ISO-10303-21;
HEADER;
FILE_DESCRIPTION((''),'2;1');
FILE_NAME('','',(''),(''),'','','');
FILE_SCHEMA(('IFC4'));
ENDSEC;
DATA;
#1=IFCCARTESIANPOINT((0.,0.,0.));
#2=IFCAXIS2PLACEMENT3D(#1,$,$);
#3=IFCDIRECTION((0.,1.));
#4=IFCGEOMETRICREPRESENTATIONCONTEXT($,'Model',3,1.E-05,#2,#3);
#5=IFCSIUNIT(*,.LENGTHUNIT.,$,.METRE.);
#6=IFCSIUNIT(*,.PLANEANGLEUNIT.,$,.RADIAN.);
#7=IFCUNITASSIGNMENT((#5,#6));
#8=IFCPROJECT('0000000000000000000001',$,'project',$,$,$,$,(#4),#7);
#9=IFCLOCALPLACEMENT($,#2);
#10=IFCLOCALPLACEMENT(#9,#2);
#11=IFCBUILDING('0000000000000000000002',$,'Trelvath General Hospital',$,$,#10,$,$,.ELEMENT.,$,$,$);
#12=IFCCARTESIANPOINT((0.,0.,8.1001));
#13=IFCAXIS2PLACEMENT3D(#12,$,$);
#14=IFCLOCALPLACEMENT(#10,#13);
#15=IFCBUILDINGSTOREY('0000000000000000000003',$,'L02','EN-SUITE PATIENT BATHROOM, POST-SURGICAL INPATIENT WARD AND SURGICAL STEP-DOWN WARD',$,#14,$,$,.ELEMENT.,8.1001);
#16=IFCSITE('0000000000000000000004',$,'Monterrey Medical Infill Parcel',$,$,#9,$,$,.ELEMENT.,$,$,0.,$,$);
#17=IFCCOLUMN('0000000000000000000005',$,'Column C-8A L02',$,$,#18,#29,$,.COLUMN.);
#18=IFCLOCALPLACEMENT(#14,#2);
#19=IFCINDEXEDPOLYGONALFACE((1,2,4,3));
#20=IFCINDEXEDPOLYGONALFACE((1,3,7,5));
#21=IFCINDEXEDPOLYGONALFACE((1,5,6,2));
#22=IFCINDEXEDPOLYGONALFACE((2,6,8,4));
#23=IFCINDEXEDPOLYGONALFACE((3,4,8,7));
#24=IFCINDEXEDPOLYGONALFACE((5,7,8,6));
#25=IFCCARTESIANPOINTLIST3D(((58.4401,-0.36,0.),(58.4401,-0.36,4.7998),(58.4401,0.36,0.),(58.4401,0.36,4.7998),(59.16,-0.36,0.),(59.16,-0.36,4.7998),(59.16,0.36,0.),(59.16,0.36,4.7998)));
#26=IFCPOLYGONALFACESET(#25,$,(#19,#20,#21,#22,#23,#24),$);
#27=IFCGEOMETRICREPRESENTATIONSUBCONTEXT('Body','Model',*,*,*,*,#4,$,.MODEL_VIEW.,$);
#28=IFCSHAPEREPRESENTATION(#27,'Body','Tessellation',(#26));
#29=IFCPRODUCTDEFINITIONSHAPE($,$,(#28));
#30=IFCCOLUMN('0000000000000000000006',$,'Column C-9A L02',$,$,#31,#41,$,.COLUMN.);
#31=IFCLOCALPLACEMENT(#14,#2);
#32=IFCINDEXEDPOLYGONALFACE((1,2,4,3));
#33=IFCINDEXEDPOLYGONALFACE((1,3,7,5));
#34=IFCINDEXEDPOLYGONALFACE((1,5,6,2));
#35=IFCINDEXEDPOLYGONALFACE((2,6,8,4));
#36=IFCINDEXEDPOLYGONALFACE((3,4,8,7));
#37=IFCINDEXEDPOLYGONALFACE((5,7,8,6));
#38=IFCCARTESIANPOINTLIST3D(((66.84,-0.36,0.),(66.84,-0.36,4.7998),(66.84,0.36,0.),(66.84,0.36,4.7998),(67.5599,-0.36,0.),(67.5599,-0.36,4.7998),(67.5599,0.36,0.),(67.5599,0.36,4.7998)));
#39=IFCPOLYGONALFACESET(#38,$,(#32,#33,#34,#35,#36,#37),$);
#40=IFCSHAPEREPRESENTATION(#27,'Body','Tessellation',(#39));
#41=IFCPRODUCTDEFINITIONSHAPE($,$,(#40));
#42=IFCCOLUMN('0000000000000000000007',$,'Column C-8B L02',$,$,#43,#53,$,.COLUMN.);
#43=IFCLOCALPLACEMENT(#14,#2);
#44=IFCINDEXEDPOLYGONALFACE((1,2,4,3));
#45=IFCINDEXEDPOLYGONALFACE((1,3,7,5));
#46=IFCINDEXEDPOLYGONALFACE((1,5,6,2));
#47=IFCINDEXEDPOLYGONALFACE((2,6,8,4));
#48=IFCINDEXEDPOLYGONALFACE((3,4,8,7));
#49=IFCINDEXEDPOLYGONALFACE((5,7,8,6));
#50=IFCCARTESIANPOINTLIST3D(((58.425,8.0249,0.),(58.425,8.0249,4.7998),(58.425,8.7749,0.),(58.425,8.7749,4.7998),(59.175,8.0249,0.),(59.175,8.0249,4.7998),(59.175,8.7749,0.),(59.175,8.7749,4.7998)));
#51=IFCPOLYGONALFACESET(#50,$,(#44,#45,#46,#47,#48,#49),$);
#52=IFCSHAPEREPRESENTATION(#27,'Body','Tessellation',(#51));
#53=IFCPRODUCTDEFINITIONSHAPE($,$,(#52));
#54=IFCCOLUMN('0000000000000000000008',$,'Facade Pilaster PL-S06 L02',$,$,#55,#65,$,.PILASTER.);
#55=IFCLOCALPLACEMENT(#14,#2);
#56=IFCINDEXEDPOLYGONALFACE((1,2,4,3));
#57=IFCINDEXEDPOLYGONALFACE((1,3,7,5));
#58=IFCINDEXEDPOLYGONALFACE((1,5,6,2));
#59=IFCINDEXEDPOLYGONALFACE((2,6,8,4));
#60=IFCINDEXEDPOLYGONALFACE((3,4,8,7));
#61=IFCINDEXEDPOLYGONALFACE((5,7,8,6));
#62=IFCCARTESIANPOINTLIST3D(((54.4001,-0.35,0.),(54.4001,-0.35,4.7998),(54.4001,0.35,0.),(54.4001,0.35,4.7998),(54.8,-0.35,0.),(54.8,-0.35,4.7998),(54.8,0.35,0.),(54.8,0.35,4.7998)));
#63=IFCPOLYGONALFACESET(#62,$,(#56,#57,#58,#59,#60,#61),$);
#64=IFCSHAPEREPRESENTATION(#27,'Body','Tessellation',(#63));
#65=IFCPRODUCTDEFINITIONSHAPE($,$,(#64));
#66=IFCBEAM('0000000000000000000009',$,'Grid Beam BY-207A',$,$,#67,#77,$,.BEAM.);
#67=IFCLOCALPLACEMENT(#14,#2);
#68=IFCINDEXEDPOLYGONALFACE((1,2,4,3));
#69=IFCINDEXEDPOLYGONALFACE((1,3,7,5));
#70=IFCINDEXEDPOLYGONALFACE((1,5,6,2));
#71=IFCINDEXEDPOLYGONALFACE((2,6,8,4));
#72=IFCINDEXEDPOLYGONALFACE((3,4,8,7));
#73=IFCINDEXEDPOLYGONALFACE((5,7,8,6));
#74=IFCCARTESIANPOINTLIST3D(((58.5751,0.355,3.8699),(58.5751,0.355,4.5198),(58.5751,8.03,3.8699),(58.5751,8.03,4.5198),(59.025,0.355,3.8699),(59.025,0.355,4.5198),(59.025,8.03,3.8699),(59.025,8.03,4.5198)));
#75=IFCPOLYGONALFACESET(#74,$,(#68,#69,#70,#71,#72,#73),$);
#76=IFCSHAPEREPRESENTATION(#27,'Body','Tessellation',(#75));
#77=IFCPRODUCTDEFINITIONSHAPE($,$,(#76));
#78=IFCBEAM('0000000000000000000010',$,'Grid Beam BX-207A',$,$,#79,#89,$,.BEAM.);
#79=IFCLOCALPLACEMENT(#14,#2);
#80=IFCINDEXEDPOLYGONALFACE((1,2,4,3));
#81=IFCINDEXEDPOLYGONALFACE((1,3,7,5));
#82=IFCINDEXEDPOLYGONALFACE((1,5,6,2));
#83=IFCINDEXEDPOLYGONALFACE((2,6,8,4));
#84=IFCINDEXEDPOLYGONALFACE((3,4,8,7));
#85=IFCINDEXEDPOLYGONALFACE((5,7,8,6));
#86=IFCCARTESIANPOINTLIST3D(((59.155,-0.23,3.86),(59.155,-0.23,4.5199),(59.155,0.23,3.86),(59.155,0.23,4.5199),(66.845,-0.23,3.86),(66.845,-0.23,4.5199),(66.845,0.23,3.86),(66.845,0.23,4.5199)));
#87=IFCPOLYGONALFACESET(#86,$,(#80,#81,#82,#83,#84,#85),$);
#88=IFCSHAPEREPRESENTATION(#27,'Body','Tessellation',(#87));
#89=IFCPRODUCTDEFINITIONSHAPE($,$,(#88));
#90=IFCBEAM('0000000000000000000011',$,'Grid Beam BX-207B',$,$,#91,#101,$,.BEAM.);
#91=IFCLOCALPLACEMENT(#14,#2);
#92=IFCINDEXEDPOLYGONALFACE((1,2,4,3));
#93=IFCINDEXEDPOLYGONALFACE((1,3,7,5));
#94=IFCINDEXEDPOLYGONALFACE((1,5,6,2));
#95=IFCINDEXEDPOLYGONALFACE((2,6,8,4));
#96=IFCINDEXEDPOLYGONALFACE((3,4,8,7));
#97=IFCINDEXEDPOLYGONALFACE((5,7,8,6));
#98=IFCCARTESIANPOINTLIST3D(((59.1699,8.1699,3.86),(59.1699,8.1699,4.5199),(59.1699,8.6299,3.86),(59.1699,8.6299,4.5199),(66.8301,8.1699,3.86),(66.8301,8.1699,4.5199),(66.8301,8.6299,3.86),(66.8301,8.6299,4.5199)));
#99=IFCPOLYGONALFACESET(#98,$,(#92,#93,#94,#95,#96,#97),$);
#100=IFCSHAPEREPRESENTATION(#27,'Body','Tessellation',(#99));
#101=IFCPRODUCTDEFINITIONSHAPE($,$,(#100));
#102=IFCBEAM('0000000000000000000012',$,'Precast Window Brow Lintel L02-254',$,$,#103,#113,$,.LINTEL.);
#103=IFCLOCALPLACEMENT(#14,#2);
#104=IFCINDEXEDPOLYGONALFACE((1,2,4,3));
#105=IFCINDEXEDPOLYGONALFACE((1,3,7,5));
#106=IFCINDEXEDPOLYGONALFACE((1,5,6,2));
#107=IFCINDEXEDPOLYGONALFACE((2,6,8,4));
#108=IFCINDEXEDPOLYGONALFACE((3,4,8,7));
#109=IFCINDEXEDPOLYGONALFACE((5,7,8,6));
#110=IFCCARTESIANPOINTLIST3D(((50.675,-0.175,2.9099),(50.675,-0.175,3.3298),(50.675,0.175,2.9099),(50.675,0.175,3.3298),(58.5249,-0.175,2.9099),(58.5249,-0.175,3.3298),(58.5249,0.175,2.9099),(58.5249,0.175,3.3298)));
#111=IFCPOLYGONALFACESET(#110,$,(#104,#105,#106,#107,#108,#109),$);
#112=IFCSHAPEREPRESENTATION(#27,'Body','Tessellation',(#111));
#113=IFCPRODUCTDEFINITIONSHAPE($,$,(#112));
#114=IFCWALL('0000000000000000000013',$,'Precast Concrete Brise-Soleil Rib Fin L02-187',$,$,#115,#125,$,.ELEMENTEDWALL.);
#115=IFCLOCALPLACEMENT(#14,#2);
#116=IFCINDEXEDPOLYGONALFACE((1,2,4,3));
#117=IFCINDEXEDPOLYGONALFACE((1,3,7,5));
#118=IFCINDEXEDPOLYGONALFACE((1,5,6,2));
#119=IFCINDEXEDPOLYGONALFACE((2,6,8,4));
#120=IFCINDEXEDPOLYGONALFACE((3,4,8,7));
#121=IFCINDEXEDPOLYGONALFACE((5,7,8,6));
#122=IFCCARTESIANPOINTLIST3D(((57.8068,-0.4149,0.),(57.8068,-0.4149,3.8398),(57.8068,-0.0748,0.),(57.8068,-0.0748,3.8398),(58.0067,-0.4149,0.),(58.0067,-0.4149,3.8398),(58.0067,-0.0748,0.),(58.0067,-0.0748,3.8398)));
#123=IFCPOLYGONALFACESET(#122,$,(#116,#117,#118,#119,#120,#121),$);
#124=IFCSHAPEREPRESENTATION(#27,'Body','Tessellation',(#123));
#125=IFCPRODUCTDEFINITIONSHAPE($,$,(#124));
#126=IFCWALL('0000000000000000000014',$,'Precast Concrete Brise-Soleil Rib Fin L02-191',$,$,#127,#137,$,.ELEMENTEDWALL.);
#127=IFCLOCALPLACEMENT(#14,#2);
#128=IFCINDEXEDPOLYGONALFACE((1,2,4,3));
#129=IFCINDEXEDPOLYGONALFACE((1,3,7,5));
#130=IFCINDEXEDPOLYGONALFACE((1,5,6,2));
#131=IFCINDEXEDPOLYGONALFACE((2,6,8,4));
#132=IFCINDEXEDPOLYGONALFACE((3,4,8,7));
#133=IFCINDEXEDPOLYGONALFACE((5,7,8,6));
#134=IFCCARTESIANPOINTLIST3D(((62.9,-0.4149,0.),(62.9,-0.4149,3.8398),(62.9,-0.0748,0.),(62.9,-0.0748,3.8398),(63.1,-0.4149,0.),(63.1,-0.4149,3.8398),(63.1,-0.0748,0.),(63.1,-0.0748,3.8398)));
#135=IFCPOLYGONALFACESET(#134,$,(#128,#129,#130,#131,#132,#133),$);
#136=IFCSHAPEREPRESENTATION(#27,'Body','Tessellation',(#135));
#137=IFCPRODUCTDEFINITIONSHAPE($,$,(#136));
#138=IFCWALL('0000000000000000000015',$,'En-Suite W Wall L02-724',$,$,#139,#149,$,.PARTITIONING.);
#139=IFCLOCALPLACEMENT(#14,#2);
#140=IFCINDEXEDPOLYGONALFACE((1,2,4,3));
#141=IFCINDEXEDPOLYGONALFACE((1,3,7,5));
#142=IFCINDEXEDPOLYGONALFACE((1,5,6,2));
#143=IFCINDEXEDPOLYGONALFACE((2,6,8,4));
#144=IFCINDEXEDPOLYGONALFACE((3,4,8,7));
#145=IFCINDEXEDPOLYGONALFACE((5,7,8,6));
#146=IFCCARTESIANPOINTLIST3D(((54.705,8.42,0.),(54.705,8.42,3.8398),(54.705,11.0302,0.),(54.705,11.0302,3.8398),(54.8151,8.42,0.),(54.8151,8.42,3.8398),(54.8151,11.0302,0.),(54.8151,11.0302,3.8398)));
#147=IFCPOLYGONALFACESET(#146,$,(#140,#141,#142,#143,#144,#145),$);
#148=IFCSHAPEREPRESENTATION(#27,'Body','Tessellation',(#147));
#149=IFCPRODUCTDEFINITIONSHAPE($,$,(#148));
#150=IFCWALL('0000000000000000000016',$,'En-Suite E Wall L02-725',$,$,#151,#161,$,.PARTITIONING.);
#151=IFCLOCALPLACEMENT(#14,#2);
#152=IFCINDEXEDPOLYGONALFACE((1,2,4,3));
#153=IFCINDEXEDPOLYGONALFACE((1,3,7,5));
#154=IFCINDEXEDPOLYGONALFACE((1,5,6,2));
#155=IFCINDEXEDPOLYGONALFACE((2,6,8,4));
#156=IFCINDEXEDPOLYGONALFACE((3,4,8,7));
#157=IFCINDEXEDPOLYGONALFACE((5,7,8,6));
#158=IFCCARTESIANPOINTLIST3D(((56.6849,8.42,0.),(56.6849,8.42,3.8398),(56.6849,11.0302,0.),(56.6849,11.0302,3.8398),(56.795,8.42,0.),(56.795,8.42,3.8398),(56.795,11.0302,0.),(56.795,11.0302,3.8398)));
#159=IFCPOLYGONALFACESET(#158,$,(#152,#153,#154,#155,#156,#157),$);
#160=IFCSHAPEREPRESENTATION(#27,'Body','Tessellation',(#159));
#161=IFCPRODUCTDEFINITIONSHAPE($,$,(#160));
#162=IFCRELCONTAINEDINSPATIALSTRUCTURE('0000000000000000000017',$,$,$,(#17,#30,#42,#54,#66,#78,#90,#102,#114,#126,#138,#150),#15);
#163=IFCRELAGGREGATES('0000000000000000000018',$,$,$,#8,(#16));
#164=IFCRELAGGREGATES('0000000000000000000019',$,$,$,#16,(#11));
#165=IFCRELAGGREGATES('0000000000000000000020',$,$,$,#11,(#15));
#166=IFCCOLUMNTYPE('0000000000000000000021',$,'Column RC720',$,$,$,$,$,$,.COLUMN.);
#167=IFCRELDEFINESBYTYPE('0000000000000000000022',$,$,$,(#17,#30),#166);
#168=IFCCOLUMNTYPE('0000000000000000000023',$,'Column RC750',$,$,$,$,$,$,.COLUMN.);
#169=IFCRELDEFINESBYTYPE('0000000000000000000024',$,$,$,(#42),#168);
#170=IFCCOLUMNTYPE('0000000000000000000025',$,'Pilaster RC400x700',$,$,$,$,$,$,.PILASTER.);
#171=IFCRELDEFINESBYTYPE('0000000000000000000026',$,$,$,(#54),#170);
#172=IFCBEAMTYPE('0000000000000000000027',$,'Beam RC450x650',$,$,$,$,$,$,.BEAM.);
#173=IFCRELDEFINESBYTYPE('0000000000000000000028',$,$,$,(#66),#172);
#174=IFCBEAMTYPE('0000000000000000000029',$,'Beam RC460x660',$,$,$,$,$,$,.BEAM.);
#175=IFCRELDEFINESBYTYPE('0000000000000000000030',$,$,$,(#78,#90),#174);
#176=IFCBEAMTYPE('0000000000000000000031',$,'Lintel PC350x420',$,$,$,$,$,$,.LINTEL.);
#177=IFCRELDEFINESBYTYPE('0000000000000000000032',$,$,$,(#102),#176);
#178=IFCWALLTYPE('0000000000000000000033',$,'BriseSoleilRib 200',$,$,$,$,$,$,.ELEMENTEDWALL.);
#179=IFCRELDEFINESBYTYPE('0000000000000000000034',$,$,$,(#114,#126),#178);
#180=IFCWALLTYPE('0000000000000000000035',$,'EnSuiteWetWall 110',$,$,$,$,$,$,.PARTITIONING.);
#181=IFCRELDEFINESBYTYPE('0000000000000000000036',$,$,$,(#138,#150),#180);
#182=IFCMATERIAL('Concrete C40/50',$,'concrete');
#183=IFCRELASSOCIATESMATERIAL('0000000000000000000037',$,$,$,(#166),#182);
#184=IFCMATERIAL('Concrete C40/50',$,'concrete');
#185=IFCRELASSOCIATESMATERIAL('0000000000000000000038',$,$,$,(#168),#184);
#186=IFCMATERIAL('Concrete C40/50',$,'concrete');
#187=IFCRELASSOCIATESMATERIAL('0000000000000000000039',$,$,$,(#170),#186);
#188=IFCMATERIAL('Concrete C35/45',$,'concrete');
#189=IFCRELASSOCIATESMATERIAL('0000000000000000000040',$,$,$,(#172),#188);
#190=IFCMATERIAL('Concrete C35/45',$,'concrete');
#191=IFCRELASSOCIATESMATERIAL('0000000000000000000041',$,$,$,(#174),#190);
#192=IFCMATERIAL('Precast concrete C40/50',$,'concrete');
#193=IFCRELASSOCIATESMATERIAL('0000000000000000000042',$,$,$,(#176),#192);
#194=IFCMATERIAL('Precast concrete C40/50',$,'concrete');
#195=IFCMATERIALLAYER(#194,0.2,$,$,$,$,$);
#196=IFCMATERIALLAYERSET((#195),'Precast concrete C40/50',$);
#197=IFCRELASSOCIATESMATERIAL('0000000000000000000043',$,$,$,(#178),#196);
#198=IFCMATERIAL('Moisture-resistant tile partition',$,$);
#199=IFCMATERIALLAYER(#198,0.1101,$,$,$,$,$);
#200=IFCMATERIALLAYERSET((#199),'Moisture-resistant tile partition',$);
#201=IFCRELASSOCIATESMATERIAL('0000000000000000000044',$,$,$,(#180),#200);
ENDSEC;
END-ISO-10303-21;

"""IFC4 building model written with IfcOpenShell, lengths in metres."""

from ifc_helpers import new_model, si_unit, direction, frame, frame_2d, origin, origin_2d, place, context, subcontext, project, spatial, rectangle, extrude, material, layer, layer_set, material_profile, profile_set, type_object, element, save


model = new_model("IFC4")

# Units and contexts
model_context = context("Model", 3, precision=1e-05, world=origin(), true_north=direction((0.0, 1.0)))
body_context = subcontext(model_context, "Body", "Model", "MODEL_VIEW")
ifc_project = project(units=[si_unit("LENGTHUNIT", "METRE"), si_unit("PLANEANGLEUNIT", "RADIAN")], contexts=[model_context])

# Site, building, storey
site_placement = place(None, origin())
site = spatial("IfcSite", under=ifc_project, at=site_placement, Name="Monterrey Medical Infill Parcel", CompositionType="ELEMENT", RefElevation=0.0)
building_placement = place(site_placement, origin())
building = spatial("IfcBuilding", under=site, at=building_placement, Name="Trelvath General Hospital", CompositionType="ELEMENT")
storey_placement = place(building_placement, frame((0.0, 0.0, 8.1001)))
storey = spatial("IfcBuildingStorey", under=building, at=storey_placement, Name="L02", Description="EN-SUITE PATIENT BATHROOM, POST-SURGICAL INPATIENT WARD AND SURGICAL STEP-DOWN WARD", CompositionType="ELEMENT", Elevation=8.1001)

# Columns
ifc_material_1 = material(Name="Concrete C40/50", Category="concrete")
ifc_material_profile_1 = material_profile(ifc_material_1, rectangle(XDim=0.72, YDim=0.72, at=origin_2d()), Name="RC720x720")
ifc_profile_set_1 = profile_set([ifc_material_profile_1], Name="Concrete C40/50")
column_type_1 = type_object("IfcColumnType", Name="Column RC720", PredefinedType="COLUMN", material=ifc_profile_set_1)
for number, where, z_axis, x_axis, name in (
    (1, (58.8, 0.0, 0.0), (0.0, 0.0, 1.0), (1.0, 0.0, 0.0), "Column C-8A L02"),
    (2, (67.2, 0.0, 0.0), (0.0, 0.0, 1.0), (1.0, 0.0, 0.0), "Column C-9A L02"),
):
    element("IfcColumn", number, at=place(storey_placement, frame(where, z_axis=z_axis, x_axis=x_axis)), inside=storey, type_object=column_type_1, Name=name, PredefinedType="COLUMN", context=body_context, shape_type="SweptSolid", body=[
        extrude(rectangle(XDim=0.72, YDim=0.72, at=origin_2d()), origin(), (0.0, 0.0, 1.0), 4.7998),
    ])
ifc_material_2 = material(Name="Concrete C40/50", Category="concrete")
ifc_material_profile_2 = material_profile(ifc_material_2, rectangle(XDim=0.75, YDim=0.75, at=origin_2d()), Name="RC750x750")
ifc_profile_set_2 = profile_set([ifc_material_profile_2], Name="Concrete C40/50")
column_type_2 = type_object("IfcColumnType", Name="Column RC750", PredefinedType="COLUMN", material=ifc_profile_set_2)
column_1_placement = place(storey_placement, frame((58.8, 8.3999, 0.0), z_axis=(0.0, 0.0, 1.0), x_axis=(1.0, 0.0, 0.0)))
element("IfcColumn", 3, at=column_1_placement, inside=storey, type_object=column_type_2, Name="Column C-8B L02", PredefinedType="COLUMN", context=body_context, shape_type="SweptSolid", body=[
    extrude(rectangle(XDim=0.75, YDim=0.75, at=origin_2d()), origin(), (0.0, 0.0, 1.0), 4.7998),
])
ifc_material_3 = material(Name="Concrete C40/50", Category="concrete")
ifc_material_profile_3 = material_profile(ifc_material_3, rectangle(XDim=0.3999, YDim=0.7, at=origin_2d()), Name="RC400x700")
ifc_profile_set_3 = profile_set([ifc_material_profile_3], Name="Concrete C40/50")
column_type_3 = type_object("IfcColumnType", Name="Pilaster RC400x700", PredefinedType="PILASTER", material=ifc_profile_set_3)
column_2_placement = place(storey_placement, frame((54.6001, 0.0, 0.0), z_axis=(0.0, 0.0, 1.0), x_axis=(1.0, 0.0, 0.0)))
element("IfcColumn", 4, at=column_2_placement, inside=storey, type_object=column_type_3, Name="Facade Pilaster PL-S06 L02", PredefinedType="PILASTER", context=body_context, shape_type="SweptSolid", body=[
    extrude(rectangle(XDim=0.3999, YDim=0.7, at=origin_2d()), origin(), (0.0, 0.0, 1.0), 4.7998),
])

# Beams
ifc_material_4 = material(Name="Concrete C35/45", Category="concrete")
ifc_material_profile_4 = material_profile(ifc_material_4, rectangle(XDim=0.45, YDim=0.6499, at=origin_2d()), Name="RCB450x650")
ifc_profile_set_4 = profile_set([ifc_material_profile_4], Name="Concrete C35/45")
beam_type_1 = type_object("IfcBeamType", Name="Beam RC450x650", PredefinedType="BEAM", material=ifc_profile_set_4)
beam_1_placement = place(storey_placement, frame((58.8, 0.355, 4.1948), z_axis=(0.0, 1.0, 0.0), x_axis=(-1.0, 0.0, 0.0)))
element("IfcBeam", 5, at=beam_1_placement, inside=storey, type_object=beam_type_1, Name="Grid Beam BY-207A", PredefinedType="BEAM", context=body_context, shape_type="SweptSolid", body=[
    extrude(rectangle(XDim=0.45, YDim=0.6499, at=origin_2d()), origin(), (0.0, 0.0, 1.0), 7.675),
])
ifc_material_5 = material(Name="Concrete C35/45", Category="concrete")
ifc_material_profile_5 = material_profile(ifc_material_5, rectangle(XDim=0.46, YDim=0.6599, at=origin_2d()), Name="RCB460x660")
ifc_profile_set_5 = profile_set([ifc_material_profile_5], Name="Concrete C35/45")
beam_type_2 = type_object("IfcBeamType", Name="Beam RC460x660", PredefinedType="BEAM", material=ifc_profile_set_5)
beam_2_placement = place(storey_placement, frame((59.155, 0.0, 4.1899), z_axis=(1.0, 0.0, 0.0), x_axis=(0.0, 1.0, 0.0)))
element("IfcBeam", 6, at=beam_2_placement, inside=storey, type_object=beam_type_2, Name="Grid Beam BX-207A", PredefinedType="BEAM", context=body_context, shape_type="SweptSolid", body=[
    extrude(rectangle(XDim=0.46, YDim=0.6599, at=origin_2d()), origin(), (0.0, 0.0, 1.0), 7.6899),
])
beam_3_placement = place(storey_placement, frame((59.1699, 8.3999, 4.1899), z_axis=(1.0, 0.0, 0.0), x_axis=(0.0, 1.0, 0.0)))
element("IfcBeam", 7, at=beam_3_placement, inside=storey, type_object=beam_type_2, Name="Grid Beam BX-207B", PredefinedType="BEAM", context=body_context, shape_type="SweptSolid", body=[
    extrude(rectangle(XDim=0.46, YDim=0.6599, at=origin_2d()), origin(), (0.0, 0.0, 1.0), 7.6602),
])
ifc_material_6 = material(Name="Precast concrete C40/50", Category="concrete")
ifc_material_profile_6 = material_profile(ifc_material_6, rectangle(XDim=0.3501, YDim=0.4199, at=origin_2d()), Name="PCL350x420")
ifc_profile_set_6 = profile_set([ifc_material_profile_6], Name="Precast concrete C40/50")
beam_type_3 = type_object("IfcBeamType", Name="Lintel PC350x420", PredefinedType="LINTEL", material=ifc_profile_set_6)
beam_4_placement = place(storey_placement, frame((58.5249, 0.0, 3.1199), z_axis=(-1.0, 0.0, 0.0), x_axis=(0.0, -1.0, 0.0)))
element("IfcBeam", 8, at=beam_4_placement, inside=storey, type_object=beam_type_3, Name="Precast Window Brow Lintel L02-254", PredefinedType="LINTEL", context=body_context, shape_type="SweptSolid", body=[
    extrude(rectangle(XDim=0.3501, YDim=0.4199, at=origin_2d()), origin(), (0.0, 0.0, 1.0), 7.8499),
])

# Walls
ifc_material_7 = material(Name="Precast concrete C40/50", Category="concrete")
ifc_layer_1 = layer(ifc_material_7, 0.2)
ifc_layer_set_1 = layer_set([ifc_layer_1], Name="Precast concrete C40/50")
wall_type_1 = type_object("IfcWallType", Name="BriseSoleilRib 200", PredefinedType="ELEMENTEDWALL", material=ifc_layer_set_1)
for number, where, z_axis, x_axis, name in (
    (9, (57.9067, -0.075, 0.0), (0.0, 0.0, 1.0), (0.0, -1.0, 0.0), "Precast Concrete Brise-Soleil Rib Fin L02-187"),
    (10, (63.0, -0.075, 0.0), (0.0, 0.0, 1.0), (0.0, -1.0, 0.0), "Precast Concrete Brise-Soleil Rib Fin L02-191"),
):
    element("IfcWall", number, at=place(storey_placement, frame(where, z_axis=z_axis, x_axis=x_axis)), inside=storey, type_object=wall_type_1, Name=name, PredefinedType="ELEMENTEDWALL", context=body_context, shape_type="SweptSolid", body=[
        extrude(rectangle(XDim=0.3401, YDim=0.2, at=frame_2d((0.1699, 0.0))), origin(), (0.0, 0.0, 1.0), 3.8398),
    ])
ifc_material_8 = material(Name="Moisture-resistant tile partition")
ifc_layer_2 = layer(ifc_material_8, 0.1101)
ifc_layer_set_2 = layer_set([ifc_layer_2], Name="Moisture-resistant tile partition")
wall_type_2 = type_object("IfcWallType", Name="EnSuiteWetWall 110", PredefinedType="PARTITIONING", material=ifc_layer_set_2)
for number, where, z_axis, x_axis, name in (
    (11, (54.76, 8.4199, 0.0), (0.0, 0.0, 1.0), (0.0, 1.0, 0.0), "En-Suite W Wall L02-724"),
    (12, (56.74, 8.4199, 0.0), (0.0, 0.0, 1.0), (0.0, 1.0, 0.0), "En-Suite E Wall L02-725"),
):
    element("IfcWall", number, at=place(storey_placement, frame(where, z_axis=z_axis, x_axis=x_axis)), inside=storey, type_object=wall_type_2, Name=name, PredefinedType="PARTITIONING", context=body_context, shape_type="SweptSolid", body=[
        extrude(rectangle(XDim=2.6101, YDim=0.1101, at=frame_2d((1.3052, 0.0))), origin(), (0.0, 0.0, 1.0), 3.8398),
    ])

save(model, "model.ifc")
